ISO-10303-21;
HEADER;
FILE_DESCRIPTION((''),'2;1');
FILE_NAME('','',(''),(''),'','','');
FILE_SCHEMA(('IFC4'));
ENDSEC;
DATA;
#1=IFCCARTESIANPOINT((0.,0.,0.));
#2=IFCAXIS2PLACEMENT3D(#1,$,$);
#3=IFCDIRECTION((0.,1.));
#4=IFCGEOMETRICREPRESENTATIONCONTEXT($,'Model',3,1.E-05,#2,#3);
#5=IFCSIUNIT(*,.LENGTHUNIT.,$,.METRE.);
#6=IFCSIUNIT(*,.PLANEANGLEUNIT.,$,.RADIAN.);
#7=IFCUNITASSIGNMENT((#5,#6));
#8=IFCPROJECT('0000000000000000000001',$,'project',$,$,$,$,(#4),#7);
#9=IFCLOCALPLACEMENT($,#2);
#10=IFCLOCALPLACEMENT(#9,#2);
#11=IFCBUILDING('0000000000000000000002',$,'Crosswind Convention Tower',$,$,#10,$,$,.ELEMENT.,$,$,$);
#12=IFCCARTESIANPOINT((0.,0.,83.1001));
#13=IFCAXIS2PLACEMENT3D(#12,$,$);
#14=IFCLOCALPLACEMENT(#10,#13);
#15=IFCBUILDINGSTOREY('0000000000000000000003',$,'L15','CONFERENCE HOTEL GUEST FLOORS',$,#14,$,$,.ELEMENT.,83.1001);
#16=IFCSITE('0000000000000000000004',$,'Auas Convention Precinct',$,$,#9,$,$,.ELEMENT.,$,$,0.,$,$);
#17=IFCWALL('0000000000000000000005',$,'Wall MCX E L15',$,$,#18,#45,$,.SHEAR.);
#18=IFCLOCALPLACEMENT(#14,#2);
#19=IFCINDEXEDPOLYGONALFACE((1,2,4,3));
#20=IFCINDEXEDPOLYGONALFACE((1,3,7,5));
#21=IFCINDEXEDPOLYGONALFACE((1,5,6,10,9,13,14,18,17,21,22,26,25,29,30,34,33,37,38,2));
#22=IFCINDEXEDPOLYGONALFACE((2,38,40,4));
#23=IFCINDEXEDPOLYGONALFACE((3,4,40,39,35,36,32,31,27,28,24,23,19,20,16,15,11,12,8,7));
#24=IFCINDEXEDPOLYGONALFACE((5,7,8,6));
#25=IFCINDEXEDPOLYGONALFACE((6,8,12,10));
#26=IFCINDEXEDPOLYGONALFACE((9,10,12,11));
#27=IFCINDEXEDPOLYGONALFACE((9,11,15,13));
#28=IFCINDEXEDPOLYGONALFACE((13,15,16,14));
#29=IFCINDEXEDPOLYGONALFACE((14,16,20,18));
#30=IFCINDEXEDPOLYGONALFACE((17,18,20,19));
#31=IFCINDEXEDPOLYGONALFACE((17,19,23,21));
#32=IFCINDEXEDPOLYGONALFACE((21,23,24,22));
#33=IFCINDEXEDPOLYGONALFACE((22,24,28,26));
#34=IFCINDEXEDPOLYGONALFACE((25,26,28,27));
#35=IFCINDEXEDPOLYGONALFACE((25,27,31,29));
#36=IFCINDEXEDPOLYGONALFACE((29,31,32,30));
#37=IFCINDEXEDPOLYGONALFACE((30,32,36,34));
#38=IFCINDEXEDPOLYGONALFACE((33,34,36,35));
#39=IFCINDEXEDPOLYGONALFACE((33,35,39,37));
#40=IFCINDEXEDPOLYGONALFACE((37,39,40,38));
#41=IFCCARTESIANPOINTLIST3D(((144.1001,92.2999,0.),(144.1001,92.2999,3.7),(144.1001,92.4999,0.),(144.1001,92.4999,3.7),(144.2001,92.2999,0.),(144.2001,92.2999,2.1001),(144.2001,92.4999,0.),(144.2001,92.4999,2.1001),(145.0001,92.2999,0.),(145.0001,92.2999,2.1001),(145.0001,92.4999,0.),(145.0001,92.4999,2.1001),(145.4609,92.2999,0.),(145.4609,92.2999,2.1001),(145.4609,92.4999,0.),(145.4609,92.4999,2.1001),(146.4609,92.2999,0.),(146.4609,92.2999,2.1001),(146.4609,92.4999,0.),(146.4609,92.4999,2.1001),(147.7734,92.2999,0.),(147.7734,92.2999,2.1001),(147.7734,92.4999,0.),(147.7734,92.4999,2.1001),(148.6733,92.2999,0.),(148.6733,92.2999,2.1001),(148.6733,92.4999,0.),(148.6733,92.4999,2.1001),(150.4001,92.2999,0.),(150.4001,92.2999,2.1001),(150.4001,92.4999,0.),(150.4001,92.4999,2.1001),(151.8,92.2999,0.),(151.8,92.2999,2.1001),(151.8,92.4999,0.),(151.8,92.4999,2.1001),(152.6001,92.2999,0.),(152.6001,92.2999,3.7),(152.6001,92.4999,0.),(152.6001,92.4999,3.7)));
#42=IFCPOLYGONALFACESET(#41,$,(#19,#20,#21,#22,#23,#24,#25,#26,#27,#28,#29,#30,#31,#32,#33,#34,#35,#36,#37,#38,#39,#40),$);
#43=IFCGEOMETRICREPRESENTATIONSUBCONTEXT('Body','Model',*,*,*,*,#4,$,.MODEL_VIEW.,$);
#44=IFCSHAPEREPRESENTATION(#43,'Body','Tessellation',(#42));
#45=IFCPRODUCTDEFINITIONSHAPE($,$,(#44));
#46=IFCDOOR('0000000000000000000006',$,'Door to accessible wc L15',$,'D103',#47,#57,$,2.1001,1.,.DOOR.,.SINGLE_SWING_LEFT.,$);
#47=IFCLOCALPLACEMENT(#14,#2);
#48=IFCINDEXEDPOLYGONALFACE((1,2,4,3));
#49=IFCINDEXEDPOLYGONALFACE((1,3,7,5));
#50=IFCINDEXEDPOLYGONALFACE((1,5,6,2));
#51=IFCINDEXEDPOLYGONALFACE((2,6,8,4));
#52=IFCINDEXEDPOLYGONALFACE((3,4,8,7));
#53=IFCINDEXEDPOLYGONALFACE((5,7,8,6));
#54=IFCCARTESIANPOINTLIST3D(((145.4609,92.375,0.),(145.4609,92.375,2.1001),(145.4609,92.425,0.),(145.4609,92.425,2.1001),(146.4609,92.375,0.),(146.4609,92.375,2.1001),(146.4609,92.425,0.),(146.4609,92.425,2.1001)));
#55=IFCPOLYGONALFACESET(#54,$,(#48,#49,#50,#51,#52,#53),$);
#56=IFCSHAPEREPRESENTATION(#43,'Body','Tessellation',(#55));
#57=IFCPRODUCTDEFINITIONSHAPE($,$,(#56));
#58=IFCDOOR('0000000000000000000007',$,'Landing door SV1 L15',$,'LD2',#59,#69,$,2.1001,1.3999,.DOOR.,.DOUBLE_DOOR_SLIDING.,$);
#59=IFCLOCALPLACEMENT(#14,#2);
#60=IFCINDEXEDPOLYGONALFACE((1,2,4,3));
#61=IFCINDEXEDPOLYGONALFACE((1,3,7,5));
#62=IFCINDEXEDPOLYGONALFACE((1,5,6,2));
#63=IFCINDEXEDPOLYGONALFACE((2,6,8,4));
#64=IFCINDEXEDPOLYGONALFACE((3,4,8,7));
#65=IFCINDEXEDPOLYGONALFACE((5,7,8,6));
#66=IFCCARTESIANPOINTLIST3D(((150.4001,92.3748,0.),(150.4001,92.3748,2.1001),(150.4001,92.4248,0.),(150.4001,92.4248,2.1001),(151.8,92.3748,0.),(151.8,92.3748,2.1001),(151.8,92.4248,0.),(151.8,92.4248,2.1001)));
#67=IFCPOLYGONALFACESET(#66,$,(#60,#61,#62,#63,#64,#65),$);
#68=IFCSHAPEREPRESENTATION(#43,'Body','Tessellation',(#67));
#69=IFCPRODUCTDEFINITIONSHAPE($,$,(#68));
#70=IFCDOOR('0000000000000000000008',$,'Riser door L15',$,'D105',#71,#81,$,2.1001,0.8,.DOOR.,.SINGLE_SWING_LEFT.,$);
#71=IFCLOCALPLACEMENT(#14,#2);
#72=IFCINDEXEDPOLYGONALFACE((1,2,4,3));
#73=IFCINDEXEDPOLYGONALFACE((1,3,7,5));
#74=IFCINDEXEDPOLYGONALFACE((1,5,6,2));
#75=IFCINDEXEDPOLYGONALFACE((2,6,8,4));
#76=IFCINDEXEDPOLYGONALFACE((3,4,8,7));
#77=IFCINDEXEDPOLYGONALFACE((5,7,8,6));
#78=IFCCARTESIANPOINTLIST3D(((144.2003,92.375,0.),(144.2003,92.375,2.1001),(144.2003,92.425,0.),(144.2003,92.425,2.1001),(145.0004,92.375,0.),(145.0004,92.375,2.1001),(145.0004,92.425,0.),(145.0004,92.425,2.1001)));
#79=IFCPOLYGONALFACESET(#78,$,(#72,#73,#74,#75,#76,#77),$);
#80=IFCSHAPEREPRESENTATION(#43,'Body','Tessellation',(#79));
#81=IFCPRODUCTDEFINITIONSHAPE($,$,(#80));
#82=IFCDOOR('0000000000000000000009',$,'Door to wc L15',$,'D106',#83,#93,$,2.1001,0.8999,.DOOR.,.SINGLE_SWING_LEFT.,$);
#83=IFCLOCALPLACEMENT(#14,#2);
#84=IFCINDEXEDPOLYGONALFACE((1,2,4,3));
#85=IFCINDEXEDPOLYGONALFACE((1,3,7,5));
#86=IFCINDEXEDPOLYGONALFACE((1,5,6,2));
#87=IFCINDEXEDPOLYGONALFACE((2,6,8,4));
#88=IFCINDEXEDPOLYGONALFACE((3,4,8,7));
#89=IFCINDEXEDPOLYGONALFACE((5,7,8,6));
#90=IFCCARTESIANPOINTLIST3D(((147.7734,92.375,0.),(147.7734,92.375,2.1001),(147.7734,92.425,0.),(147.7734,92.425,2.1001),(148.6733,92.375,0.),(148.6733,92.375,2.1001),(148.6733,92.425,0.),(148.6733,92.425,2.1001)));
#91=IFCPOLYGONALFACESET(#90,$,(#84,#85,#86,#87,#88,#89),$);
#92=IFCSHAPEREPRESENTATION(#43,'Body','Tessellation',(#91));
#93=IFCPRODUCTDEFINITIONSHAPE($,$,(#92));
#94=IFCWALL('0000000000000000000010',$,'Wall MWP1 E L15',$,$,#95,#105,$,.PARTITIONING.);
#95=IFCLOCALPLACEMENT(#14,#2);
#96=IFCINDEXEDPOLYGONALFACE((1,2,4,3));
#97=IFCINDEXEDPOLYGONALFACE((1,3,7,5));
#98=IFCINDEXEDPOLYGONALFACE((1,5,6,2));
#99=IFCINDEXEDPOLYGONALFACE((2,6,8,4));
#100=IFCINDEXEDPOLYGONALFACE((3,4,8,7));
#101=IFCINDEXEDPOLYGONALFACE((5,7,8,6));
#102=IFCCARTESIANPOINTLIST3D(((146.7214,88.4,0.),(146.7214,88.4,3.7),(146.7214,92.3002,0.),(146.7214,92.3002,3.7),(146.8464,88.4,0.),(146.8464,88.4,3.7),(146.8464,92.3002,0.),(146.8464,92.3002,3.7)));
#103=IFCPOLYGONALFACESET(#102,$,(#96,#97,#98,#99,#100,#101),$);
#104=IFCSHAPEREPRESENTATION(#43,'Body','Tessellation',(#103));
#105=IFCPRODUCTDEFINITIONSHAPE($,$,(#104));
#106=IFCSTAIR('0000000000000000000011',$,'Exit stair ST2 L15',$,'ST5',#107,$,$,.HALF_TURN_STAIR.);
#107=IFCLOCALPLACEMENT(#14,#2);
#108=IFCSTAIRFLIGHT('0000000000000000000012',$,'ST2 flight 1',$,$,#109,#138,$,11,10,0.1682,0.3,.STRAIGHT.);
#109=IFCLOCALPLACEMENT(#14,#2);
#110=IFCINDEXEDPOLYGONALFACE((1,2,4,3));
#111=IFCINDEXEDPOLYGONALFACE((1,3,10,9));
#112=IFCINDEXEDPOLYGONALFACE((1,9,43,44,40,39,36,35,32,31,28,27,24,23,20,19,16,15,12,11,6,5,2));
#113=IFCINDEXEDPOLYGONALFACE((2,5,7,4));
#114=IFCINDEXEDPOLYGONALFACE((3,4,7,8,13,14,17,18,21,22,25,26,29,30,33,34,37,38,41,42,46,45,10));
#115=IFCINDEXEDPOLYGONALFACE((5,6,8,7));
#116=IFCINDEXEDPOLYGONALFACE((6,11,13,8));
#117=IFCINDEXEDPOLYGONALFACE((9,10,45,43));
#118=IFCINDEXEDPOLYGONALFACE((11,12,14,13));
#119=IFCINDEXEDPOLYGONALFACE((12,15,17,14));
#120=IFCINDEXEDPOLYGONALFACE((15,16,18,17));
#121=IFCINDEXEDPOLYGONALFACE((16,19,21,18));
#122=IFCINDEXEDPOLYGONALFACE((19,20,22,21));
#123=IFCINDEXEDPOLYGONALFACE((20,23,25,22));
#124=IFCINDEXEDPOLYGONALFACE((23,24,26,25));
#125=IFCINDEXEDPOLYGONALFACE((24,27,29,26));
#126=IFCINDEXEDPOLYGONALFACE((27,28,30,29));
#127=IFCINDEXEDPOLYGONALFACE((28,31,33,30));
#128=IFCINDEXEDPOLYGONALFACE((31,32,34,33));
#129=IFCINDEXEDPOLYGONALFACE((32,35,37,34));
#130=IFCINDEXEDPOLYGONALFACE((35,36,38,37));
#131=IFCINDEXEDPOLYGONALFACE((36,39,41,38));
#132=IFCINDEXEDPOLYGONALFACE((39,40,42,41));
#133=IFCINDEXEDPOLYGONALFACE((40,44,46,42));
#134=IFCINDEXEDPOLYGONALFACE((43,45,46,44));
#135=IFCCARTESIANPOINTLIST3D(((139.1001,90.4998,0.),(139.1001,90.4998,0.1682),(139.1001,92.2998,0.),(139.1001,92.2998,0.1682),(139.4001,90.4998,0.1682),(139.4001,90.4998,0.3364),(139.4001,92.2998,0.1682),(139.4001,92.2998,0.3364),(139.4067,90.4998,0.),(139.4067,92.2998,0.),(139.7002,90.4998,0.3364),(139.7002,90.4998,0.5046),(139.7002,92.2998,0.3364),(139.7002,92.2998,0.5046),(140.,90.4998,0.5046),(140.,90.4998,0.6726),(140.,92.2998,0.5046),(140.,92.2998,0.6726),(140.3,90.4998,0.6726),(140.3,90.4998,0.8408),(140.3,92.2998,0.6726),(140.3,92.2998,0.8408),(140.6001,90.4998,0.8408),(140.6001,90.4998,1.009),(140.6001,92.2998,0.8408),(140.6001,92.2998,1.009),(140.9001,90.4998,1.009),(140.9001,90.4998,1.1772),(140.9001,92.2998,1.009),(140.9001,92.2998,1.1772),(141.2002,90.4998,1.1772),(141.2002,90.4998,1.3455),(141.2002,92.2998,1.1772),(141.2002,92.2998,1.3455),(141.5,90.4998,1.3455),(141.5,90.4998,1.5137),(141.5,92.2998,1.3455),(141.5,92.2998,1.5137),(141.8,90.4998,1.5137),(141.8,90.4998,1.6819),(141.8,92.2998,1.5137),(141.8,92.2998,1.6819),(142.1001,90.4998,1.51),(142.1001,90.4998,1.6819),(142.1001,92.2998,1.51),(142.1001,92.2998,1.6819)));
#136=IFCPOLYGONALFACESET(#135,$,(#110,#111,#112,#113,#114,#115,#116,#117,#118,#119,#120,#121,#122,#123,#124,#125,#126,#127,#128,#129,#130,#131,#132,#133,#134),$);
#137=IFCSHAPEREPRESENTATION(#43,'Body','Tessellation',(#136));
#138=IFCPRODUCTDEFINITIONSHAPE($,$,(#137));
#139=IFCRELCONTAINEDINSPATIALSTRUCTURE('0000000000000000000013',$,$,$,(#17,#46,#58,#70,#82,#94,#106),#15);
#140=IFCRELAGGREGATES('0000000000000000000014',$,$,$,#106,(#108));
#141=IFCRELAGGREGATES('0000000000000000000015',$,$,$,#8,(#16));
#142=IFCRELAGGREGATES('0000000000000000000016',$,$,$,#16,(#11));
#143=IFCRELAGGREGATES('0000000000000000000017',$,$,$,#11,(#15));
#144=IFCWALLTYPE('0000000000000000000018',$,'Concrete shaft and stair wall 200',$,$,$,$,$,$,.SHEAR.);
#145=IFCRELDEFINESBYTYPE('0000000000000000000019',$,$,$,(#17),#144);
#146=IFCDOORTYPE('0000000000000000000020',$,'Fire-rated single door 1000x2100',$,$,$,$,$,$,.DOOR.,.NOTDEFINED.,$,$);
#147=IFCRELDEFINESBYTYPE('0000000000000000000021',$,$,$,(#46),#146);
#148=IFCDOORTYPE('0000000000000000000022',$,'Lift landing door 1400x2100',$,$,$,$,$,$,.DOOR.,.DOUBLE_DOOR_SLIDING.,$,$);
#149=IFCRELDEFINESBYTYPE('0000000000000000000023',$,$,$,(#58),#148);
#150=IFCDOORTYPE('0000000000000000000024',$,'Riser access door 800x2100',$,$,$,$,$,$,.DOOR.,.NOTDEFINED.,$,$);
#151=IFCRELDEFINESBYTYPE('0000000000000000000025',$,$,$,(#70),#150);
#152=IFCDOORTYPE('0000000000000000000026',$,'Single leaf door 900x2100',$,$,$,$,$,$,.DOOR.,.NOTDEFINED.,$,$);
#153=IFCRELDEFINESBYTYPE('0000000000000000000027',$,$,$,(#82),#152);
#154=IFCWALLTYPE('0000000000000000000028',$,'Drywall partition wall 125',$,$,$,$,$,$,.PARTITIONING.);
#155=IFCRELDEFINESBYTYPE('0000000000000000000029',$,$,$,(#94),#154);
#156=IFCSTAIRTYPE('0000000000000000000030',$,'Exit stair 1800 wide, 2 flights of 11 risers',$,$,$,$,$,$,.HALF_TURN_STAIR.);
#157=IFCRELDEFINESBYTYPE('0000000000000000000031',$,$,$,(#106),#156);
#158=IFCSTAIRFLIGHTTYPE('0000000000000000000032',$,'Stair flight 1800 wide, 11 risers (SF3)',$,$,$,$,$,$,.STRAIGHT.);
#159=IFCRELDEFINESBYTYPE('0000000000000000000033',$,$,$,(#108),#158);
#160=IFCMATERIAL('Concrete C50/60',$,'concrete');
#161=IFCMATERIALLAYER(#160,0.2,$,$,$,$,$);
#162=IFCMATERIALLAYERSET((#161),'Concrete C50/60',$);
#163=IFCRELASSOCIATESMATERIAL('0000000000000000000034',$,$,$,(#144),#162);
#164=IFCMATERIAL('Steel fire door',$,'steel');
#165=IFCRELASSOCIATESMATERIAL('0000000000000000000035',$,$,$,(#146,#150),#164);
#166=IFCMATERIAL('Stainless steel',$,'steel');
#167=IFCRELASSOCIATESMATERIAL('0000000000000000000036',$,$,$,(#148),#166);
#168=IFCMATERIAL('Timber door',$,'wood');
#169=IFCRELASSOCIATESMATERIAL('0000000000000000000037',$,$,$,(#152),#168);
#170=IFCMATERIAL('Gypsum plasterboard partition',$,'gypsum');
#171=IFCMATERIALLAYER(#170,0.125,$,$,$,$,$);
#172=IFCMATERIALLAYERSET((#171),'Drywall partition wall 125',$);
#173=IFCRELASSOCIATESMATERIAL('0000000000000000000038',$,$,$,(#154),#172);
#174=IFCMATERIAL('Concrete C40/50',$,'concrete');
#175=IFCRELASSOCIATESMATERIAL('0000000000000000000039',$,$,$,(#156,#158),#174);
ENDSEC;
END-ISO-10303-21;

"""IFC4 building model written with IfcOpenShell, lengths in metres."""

from ifc_helpers import new_model, si_unit, direction, frame, frame_2d, origin, place, context, subcontext, project, spatial, polyline, rectangle, outline, extrude, material, layer, layer_set, type_object, element, fill, aggregate, save


model = new_model("IFC4")

# Units and contexts
model_context = context("Model", 3, precision=1e-05, world=origin(), true_north=direction((0.0, 1.0)))
body_context = subcontext(model_context, "Body", "Model", "MODEL_VIEW")
ifc_project = project(units=[si_unit("LENGTHUNIT", "METRE"), si_unit("PLANEANGLEUNIT", "RADIAN")], contexts=[model_context])

# Site, building, storey
site_placement = place(None, origin())
site = spatial("IfcSite", under=ifc_project, at=site_placement, Name="Auas Convention Precinct", CompositionType="ELEMENT", RefElevation=0.0)
building_placement = place(site_placement, origin())
building = spatial("IfcBuilding", under=site, at=building_placement, Name="Crosswind Convention Tower", CompositionType="ELEMENT")
storey_placement = place(building_placement, frame((0.0, 0.0, 83.1001)))
storey = spatial("IfcBuildingStorey", under=building, at=storey_placement, Name="L15", Description="CONFERENCE HOTEL GUEST FLOORS", CompositionType="ELEMENT", Elevation=83.1001)

# Shared definitions
ifc_material_1 = material(Name="Concrete C50/60", Category="concrete")

# Shared definitions
ifc_layer_1 = layer(ifc_material_1, 0.2)
ifc_layer_set_1 = layer_set([ifc_layer_1], Name="Concrete C50/60")
wall_type_1 = type_object("IfcWallType", Name="Concrete shaft and stair wall 200", PredefinedType="SHEAR", material=ifc_layer_set_1)

# Shared definitions
ifc_material_2 = material(Name="Steel fire door", Category="steel")

# Shared definitions
door_type_1 = type_object("IfcDoorType", Name="Fire-rated single door 1000x2100", OperationType="NOTDEFINED", PredefinedType="DOOR", material=ifc_material_2)

# Wall, openings, doors
wall_1_placement = place(storey_placement, frame((144.1001, 92.3999, 0.0), z_axis=(0.0, 0.0, 1.0), x_axis=(1.0, 0.0, 0.0)))
wall_1 = element("IfcWall", 1, at=wall_1_placement, inside=storey, type_object=wall_type_1, Name="Wall MCX E L15", PredefinedType="SHEAR", context=body_context, shape_type="SweptSolid", body=[
    extrude(rectangle(XDim=8.5, YDim=0.2, at=frame_2d((4.25, 0.0))), origin(), (0.0, 0.0, 1.0), 3.7),
])
opening_1_placement = place(wall_1_placement, frame((0.1001, 0.0, 0.0)))
opening_1 = element("IfcOpeningElement", 2, at=opening_1_placement, cuts=wall_1, PredefinedType="OPENING", context=body_context, shape_type="SweptSolid", body=[
    extrude(rectangle(XDim=0.8, YDim=2.1001, at=frame_2d((0.3999, 1.05))), frame((0.0, 0.1099, 0.0), z_axis=(0.0, -1.0, 0.0), x_axis=(1.0, 0.0, 0.0)), (0.0, 0.0, 1.0), 0.22),
])
opening_2_placement = place(wall_1_placement, frame((1.3608, 0.0, 0.0)))
opening_2 = element("IfcOpeningElement", 3, at=opening_2_placement, cuts=wall_1, PredefinedType="OPENING", context=body_context, shape_type="SweptSolid", body=[
    extrude(rectangle(XDim=1.0, YDim=2.1001, at=frame_2d((0.5, 1.05))), frame((0.0, 0.1099, 0.0), z_axis=(0.0, -1.0, 0.0), x_axis=(1.0, 0.0, 0.0)), (0.0, 0.0, 1.0), 0.22),
])
opening_3_placement = place(wall_1_placement, frame((3.6733, 0.0, 0.0)))
opening_3 = element("IfcOpeningElement", 4, at=opening_3_placement, cuts=wall_1, PredefinedType="OPENING", context=body_context, shape_type="SweptSolid", body=[
    extrude(rectangle(XDim=0.8999, YDim=2.1001, at=frame_2d((0.45, 1.05))), frame((0.0, 0.1099, 0.0), z_axis=(0.0, -1.0, 0.0), x_axis=(1.0, 0.0, 0.0)), (0.0, 0.0, 1.0), 0.22),
])
opening_4_placement = place(wall_1_placement, frame((6.3, 0.0, 0.0)))
opening_4 = element("IfcOpeningElement", 5, at=opening_4_placement, cuts=wall_1, PredefinedType="OPENING", context=body_context, shape_type="SweptSolid", body=[
    extrude(rectangle(XDim=1.3999, YDim=2.1001, at=frame_2d((0.7, 1.05))), frame((0.0, 0.1099, 0.0), z_axis=(0.0, -1.0, 0.0), x_axis=(1.0, 0.0, 0.0)), (0.0, 0.0, 1.0), 0.22),
])
door_1_placement = place(opening_2_placement, frame((1.0, 0.0, 0.0), z_axis=(0.0, 0.0, 1.0), x_axis=(-1.0, 0.0, 0.0)))
door_1 = element("IfcDoor", 6, at=door_1_placement, inside=storey, type_object=door_type_1, Name="Door to accessible wc L15", ObjectType="D103", OperationType="SINGLE_SWING_LEFT", OverallHeight=2.1001, OverallWidth=1.0, PredefinedType="DOOR", context=body_context, shape_type="SweptSolid", body=[
    extrude(rectangle(XDim=1.0, YDim=2.1001, at=frame_2d((0.5, 1.05))), frame((0.0, 0.0249, 0.0), z_axis=(0.0, -1.0, 0.0), x_axis=(1.0, 0.0, 0.0)), (0.0, 0.0, 1.0), 0.05),
])
fill(opening_2, door_1)
ifc_material_3 = material(Name="Stainless steel", Category="steel")
door_type_2 = type_object("IfcDoorType", Name="Lift landing door 1400x2100", OperationType="DOUBLE_DOOR_SLIDING", PredefinedType="DOOR", material=ifc_material_3)
door_2_placement = place(opening_4_placement, origin())
door_2 = element("IfcDoor", 7, at=door_2_placement, inside=storey, type_object=door_type_2, Name="Landing door SV1 L15", ObjectType="LD2", OperationType="DOUBLE_DOOR_SLIDING", OverallHeight=2.1001, OverallWidth=1.3999, PredefinedType="DOOR", context=body_context, shape_type="SweptSolid", body=[
    extrude(rectangle(XDim=1.3999, YDim=2.1001, at=frame_2d((0.7, 1.05))), frame((0.0, 0.0249, 0.0), z_axis=(0.0, -1.0, 0.0), x_axis=(1.0, 0.0, 0.0)), (0.0, 0.0, 1.0), 0.05),
])
fill(opening_4, door_2)
door_type_3 = type_object("IfcDoorType", Name="Riser access door 800x2100", OperationType="NOTDEFINED", PredefinedType="DOOR", material=ifc_material_2)
door_3_placement = place(opening_1_placement, frame((0.8, 0.0, 0.0), z_axis=(0.0, 0.0, 1.0), x_axis=(-1.0, 0.0, 0.0)))
door_3 = element("IfcDoor", 8, at=door_3_placement, inside=storey, type_object=door_type_3, Name="Riser door L15", ObjectType="D105", OperationType="SINGLE_SWING_LEFT", OverallHeight=2.1001, OverallWidth=0.8, PredefinedType="DOOR", context=body_context, shape_type="SweptSolid", body=[
    extrude(rectangle(XDim=0.8, YDim=2.1001, at=frame_2d((0.3999, 1.05))), frame((0.0, 0.0249, 0.0), z_axis=(0.0, -1.0, 0.0), x_axis=(1.0, 0.0, 0.0)), (0.0, 0.0, 1.0), 0.05),
])
fill(opening_1, door_3)
ifc_material_4 = material(Name="Timber door", Category="wood")
door_type_4 = type_object("IfcDoorType", Name="Single leaf door 900x2100", OperationType="NOTDEFINED", PredefinedType="DOOR", material=ifc_material_4)
door_4_placement = place(opening_3_placement, frame((0.8999, 0.0, 0.0), z_axis=(0.0, 0.0, 1.0), x_axis=(-1.0, 0.0, 0.0)))
door_4 = element("IfcDoor", 9, at=door_4_placement, inside=storey, type_object=door_type_4, Name="Door to wc L15", ObjectType="D106", OperationType="SINGLE_SWING_LEFT", OverallHeight=2.1001, OverallWidth=0.8999, PredefinedType="DOOR", context=body_context, shape_type="SweptSolid", body=[
    extrude(rectangle(XDim=0.8999, YDim=2.1001, at=frame_2d((0.45, 1.05))), frame((0.0, 0.0249, 0.0), z_axis=(0.0, -1.0, 0.0), x_axis=(1.0, 0.0, 0.0)), (0.0, 0.0, 1.0), 0.05),
])
fill(opening_3, door_4)

# Wall
ifc_material_5 = material(Name="Gypsum plasterboard partition", Category="gypsum")
ifc_layer_2 = layer(ifc_material_5, 0.125)
ifc_layer_set_2 = layer_set([ifc_layer_2], Name="Drywall partition wall 125")
wall_type_2 = type_object("IfcWallType", Name="Drywall partition wall 125", PredefinedType="PARTITIONING", material=ifc_layer_set_2)
wall_2_placement = place(storey_placement, frame((146.7839, 88.3999, 0.0), z_axis=(0.0, 0.0, 1.0), x_axis=(0.0, 1.0, 0.0)))
element("IfcWall", 10, at=wall_2_placement, inside=storey, type_object=wall_type_2, Name="Wall MWP1 E L15", PredefinedType="PARTITIONING", context=body_context, shape_type="SweptSolid", body=[
    extrude(rectangle(XDim=3.9001, YDim=0.125, at=frame_2d((1.9502, 0.0))), origin(), (0.0, 0.0, 1.0), 3.7),
])

# Stair, stair flight
ifc_material_6 = material(Name="Concrete C40/50", Category="concrete")
stair_type = type_object("IfcStairType", Name="Exit stair 1800 wide, 2 flights of 11 risers", PredefinedType="HALF_TURN_STAIR", material=ifc_material_6)
stair_placement = place(storey_placement, origin())
stair = element("IfcStair", 11, at=stair_placement, inside=storey, type_object=stair_type, Name="Exit stair ST2 L15", ObjectType="ST5", PredefinedType="HALF_TURN_STAIR")
stair_flight_type = type_object("IfcStairFlightType", Name="Stair flight 1800 wide, 11 risers (SF3)", PredefinedType="STRAIGHT", material=ifc_material_6)
stair_flight_1_placement = place(storey_placement, frame((139.1001, 91.3999, 0.0), z_axis=(0.0, 0.0, 1.0), x_axis=(1.0, 0.0, 0.0)))
stair_flight_1 = element("IfcStairFlight", 12, at=stair_flight_1_placement, type_object=stair_flight_type, Name="ST2 flight 1", NumberOfRisers=11, NumberOfTreads=10, PredefinedType="STRAIGHT", RiserHeight=0.1682, TreadLength=0.3, context=body_context, shape_type="SweptSolid", body=[
    extrude(outline(polyline([(0.0, 0.0), (0.0, 0.1682), (0.3, 0.1682), (0.3, 0.3364), (0.6001, 0.3364), (0.6001, 0.5046), (0.8999, 0.5046), (0.8999, 0.6726), (1.2, 0.6726), (1.2, 0.8408), (1.5, 0.8408), (1.5, 1.009), (1.8, 1.009), (1.8, 1.1772), (2.1001, 1.1772), (2.1001, 1.3455), (2.3999, 1.3455), (2.3999, 1.5137), (2.7, 1.5137), (2.7, 1.6819), (3.0, 1.6819), (3.0, 1.8501), (3.0, 1.51), (0.3066, 0.0), (0.0, 0.0)])), frame((0.0, 0.8999, 0.0), z_axis=(0.0, -1.0, 0.0), x_axis=(1.0, 0.0, 0.0)), (0.0, 0.0, 1.0), 1.8),
])
aggregate(stair, [stair_flight_1])

save(model, "model.ifc")
